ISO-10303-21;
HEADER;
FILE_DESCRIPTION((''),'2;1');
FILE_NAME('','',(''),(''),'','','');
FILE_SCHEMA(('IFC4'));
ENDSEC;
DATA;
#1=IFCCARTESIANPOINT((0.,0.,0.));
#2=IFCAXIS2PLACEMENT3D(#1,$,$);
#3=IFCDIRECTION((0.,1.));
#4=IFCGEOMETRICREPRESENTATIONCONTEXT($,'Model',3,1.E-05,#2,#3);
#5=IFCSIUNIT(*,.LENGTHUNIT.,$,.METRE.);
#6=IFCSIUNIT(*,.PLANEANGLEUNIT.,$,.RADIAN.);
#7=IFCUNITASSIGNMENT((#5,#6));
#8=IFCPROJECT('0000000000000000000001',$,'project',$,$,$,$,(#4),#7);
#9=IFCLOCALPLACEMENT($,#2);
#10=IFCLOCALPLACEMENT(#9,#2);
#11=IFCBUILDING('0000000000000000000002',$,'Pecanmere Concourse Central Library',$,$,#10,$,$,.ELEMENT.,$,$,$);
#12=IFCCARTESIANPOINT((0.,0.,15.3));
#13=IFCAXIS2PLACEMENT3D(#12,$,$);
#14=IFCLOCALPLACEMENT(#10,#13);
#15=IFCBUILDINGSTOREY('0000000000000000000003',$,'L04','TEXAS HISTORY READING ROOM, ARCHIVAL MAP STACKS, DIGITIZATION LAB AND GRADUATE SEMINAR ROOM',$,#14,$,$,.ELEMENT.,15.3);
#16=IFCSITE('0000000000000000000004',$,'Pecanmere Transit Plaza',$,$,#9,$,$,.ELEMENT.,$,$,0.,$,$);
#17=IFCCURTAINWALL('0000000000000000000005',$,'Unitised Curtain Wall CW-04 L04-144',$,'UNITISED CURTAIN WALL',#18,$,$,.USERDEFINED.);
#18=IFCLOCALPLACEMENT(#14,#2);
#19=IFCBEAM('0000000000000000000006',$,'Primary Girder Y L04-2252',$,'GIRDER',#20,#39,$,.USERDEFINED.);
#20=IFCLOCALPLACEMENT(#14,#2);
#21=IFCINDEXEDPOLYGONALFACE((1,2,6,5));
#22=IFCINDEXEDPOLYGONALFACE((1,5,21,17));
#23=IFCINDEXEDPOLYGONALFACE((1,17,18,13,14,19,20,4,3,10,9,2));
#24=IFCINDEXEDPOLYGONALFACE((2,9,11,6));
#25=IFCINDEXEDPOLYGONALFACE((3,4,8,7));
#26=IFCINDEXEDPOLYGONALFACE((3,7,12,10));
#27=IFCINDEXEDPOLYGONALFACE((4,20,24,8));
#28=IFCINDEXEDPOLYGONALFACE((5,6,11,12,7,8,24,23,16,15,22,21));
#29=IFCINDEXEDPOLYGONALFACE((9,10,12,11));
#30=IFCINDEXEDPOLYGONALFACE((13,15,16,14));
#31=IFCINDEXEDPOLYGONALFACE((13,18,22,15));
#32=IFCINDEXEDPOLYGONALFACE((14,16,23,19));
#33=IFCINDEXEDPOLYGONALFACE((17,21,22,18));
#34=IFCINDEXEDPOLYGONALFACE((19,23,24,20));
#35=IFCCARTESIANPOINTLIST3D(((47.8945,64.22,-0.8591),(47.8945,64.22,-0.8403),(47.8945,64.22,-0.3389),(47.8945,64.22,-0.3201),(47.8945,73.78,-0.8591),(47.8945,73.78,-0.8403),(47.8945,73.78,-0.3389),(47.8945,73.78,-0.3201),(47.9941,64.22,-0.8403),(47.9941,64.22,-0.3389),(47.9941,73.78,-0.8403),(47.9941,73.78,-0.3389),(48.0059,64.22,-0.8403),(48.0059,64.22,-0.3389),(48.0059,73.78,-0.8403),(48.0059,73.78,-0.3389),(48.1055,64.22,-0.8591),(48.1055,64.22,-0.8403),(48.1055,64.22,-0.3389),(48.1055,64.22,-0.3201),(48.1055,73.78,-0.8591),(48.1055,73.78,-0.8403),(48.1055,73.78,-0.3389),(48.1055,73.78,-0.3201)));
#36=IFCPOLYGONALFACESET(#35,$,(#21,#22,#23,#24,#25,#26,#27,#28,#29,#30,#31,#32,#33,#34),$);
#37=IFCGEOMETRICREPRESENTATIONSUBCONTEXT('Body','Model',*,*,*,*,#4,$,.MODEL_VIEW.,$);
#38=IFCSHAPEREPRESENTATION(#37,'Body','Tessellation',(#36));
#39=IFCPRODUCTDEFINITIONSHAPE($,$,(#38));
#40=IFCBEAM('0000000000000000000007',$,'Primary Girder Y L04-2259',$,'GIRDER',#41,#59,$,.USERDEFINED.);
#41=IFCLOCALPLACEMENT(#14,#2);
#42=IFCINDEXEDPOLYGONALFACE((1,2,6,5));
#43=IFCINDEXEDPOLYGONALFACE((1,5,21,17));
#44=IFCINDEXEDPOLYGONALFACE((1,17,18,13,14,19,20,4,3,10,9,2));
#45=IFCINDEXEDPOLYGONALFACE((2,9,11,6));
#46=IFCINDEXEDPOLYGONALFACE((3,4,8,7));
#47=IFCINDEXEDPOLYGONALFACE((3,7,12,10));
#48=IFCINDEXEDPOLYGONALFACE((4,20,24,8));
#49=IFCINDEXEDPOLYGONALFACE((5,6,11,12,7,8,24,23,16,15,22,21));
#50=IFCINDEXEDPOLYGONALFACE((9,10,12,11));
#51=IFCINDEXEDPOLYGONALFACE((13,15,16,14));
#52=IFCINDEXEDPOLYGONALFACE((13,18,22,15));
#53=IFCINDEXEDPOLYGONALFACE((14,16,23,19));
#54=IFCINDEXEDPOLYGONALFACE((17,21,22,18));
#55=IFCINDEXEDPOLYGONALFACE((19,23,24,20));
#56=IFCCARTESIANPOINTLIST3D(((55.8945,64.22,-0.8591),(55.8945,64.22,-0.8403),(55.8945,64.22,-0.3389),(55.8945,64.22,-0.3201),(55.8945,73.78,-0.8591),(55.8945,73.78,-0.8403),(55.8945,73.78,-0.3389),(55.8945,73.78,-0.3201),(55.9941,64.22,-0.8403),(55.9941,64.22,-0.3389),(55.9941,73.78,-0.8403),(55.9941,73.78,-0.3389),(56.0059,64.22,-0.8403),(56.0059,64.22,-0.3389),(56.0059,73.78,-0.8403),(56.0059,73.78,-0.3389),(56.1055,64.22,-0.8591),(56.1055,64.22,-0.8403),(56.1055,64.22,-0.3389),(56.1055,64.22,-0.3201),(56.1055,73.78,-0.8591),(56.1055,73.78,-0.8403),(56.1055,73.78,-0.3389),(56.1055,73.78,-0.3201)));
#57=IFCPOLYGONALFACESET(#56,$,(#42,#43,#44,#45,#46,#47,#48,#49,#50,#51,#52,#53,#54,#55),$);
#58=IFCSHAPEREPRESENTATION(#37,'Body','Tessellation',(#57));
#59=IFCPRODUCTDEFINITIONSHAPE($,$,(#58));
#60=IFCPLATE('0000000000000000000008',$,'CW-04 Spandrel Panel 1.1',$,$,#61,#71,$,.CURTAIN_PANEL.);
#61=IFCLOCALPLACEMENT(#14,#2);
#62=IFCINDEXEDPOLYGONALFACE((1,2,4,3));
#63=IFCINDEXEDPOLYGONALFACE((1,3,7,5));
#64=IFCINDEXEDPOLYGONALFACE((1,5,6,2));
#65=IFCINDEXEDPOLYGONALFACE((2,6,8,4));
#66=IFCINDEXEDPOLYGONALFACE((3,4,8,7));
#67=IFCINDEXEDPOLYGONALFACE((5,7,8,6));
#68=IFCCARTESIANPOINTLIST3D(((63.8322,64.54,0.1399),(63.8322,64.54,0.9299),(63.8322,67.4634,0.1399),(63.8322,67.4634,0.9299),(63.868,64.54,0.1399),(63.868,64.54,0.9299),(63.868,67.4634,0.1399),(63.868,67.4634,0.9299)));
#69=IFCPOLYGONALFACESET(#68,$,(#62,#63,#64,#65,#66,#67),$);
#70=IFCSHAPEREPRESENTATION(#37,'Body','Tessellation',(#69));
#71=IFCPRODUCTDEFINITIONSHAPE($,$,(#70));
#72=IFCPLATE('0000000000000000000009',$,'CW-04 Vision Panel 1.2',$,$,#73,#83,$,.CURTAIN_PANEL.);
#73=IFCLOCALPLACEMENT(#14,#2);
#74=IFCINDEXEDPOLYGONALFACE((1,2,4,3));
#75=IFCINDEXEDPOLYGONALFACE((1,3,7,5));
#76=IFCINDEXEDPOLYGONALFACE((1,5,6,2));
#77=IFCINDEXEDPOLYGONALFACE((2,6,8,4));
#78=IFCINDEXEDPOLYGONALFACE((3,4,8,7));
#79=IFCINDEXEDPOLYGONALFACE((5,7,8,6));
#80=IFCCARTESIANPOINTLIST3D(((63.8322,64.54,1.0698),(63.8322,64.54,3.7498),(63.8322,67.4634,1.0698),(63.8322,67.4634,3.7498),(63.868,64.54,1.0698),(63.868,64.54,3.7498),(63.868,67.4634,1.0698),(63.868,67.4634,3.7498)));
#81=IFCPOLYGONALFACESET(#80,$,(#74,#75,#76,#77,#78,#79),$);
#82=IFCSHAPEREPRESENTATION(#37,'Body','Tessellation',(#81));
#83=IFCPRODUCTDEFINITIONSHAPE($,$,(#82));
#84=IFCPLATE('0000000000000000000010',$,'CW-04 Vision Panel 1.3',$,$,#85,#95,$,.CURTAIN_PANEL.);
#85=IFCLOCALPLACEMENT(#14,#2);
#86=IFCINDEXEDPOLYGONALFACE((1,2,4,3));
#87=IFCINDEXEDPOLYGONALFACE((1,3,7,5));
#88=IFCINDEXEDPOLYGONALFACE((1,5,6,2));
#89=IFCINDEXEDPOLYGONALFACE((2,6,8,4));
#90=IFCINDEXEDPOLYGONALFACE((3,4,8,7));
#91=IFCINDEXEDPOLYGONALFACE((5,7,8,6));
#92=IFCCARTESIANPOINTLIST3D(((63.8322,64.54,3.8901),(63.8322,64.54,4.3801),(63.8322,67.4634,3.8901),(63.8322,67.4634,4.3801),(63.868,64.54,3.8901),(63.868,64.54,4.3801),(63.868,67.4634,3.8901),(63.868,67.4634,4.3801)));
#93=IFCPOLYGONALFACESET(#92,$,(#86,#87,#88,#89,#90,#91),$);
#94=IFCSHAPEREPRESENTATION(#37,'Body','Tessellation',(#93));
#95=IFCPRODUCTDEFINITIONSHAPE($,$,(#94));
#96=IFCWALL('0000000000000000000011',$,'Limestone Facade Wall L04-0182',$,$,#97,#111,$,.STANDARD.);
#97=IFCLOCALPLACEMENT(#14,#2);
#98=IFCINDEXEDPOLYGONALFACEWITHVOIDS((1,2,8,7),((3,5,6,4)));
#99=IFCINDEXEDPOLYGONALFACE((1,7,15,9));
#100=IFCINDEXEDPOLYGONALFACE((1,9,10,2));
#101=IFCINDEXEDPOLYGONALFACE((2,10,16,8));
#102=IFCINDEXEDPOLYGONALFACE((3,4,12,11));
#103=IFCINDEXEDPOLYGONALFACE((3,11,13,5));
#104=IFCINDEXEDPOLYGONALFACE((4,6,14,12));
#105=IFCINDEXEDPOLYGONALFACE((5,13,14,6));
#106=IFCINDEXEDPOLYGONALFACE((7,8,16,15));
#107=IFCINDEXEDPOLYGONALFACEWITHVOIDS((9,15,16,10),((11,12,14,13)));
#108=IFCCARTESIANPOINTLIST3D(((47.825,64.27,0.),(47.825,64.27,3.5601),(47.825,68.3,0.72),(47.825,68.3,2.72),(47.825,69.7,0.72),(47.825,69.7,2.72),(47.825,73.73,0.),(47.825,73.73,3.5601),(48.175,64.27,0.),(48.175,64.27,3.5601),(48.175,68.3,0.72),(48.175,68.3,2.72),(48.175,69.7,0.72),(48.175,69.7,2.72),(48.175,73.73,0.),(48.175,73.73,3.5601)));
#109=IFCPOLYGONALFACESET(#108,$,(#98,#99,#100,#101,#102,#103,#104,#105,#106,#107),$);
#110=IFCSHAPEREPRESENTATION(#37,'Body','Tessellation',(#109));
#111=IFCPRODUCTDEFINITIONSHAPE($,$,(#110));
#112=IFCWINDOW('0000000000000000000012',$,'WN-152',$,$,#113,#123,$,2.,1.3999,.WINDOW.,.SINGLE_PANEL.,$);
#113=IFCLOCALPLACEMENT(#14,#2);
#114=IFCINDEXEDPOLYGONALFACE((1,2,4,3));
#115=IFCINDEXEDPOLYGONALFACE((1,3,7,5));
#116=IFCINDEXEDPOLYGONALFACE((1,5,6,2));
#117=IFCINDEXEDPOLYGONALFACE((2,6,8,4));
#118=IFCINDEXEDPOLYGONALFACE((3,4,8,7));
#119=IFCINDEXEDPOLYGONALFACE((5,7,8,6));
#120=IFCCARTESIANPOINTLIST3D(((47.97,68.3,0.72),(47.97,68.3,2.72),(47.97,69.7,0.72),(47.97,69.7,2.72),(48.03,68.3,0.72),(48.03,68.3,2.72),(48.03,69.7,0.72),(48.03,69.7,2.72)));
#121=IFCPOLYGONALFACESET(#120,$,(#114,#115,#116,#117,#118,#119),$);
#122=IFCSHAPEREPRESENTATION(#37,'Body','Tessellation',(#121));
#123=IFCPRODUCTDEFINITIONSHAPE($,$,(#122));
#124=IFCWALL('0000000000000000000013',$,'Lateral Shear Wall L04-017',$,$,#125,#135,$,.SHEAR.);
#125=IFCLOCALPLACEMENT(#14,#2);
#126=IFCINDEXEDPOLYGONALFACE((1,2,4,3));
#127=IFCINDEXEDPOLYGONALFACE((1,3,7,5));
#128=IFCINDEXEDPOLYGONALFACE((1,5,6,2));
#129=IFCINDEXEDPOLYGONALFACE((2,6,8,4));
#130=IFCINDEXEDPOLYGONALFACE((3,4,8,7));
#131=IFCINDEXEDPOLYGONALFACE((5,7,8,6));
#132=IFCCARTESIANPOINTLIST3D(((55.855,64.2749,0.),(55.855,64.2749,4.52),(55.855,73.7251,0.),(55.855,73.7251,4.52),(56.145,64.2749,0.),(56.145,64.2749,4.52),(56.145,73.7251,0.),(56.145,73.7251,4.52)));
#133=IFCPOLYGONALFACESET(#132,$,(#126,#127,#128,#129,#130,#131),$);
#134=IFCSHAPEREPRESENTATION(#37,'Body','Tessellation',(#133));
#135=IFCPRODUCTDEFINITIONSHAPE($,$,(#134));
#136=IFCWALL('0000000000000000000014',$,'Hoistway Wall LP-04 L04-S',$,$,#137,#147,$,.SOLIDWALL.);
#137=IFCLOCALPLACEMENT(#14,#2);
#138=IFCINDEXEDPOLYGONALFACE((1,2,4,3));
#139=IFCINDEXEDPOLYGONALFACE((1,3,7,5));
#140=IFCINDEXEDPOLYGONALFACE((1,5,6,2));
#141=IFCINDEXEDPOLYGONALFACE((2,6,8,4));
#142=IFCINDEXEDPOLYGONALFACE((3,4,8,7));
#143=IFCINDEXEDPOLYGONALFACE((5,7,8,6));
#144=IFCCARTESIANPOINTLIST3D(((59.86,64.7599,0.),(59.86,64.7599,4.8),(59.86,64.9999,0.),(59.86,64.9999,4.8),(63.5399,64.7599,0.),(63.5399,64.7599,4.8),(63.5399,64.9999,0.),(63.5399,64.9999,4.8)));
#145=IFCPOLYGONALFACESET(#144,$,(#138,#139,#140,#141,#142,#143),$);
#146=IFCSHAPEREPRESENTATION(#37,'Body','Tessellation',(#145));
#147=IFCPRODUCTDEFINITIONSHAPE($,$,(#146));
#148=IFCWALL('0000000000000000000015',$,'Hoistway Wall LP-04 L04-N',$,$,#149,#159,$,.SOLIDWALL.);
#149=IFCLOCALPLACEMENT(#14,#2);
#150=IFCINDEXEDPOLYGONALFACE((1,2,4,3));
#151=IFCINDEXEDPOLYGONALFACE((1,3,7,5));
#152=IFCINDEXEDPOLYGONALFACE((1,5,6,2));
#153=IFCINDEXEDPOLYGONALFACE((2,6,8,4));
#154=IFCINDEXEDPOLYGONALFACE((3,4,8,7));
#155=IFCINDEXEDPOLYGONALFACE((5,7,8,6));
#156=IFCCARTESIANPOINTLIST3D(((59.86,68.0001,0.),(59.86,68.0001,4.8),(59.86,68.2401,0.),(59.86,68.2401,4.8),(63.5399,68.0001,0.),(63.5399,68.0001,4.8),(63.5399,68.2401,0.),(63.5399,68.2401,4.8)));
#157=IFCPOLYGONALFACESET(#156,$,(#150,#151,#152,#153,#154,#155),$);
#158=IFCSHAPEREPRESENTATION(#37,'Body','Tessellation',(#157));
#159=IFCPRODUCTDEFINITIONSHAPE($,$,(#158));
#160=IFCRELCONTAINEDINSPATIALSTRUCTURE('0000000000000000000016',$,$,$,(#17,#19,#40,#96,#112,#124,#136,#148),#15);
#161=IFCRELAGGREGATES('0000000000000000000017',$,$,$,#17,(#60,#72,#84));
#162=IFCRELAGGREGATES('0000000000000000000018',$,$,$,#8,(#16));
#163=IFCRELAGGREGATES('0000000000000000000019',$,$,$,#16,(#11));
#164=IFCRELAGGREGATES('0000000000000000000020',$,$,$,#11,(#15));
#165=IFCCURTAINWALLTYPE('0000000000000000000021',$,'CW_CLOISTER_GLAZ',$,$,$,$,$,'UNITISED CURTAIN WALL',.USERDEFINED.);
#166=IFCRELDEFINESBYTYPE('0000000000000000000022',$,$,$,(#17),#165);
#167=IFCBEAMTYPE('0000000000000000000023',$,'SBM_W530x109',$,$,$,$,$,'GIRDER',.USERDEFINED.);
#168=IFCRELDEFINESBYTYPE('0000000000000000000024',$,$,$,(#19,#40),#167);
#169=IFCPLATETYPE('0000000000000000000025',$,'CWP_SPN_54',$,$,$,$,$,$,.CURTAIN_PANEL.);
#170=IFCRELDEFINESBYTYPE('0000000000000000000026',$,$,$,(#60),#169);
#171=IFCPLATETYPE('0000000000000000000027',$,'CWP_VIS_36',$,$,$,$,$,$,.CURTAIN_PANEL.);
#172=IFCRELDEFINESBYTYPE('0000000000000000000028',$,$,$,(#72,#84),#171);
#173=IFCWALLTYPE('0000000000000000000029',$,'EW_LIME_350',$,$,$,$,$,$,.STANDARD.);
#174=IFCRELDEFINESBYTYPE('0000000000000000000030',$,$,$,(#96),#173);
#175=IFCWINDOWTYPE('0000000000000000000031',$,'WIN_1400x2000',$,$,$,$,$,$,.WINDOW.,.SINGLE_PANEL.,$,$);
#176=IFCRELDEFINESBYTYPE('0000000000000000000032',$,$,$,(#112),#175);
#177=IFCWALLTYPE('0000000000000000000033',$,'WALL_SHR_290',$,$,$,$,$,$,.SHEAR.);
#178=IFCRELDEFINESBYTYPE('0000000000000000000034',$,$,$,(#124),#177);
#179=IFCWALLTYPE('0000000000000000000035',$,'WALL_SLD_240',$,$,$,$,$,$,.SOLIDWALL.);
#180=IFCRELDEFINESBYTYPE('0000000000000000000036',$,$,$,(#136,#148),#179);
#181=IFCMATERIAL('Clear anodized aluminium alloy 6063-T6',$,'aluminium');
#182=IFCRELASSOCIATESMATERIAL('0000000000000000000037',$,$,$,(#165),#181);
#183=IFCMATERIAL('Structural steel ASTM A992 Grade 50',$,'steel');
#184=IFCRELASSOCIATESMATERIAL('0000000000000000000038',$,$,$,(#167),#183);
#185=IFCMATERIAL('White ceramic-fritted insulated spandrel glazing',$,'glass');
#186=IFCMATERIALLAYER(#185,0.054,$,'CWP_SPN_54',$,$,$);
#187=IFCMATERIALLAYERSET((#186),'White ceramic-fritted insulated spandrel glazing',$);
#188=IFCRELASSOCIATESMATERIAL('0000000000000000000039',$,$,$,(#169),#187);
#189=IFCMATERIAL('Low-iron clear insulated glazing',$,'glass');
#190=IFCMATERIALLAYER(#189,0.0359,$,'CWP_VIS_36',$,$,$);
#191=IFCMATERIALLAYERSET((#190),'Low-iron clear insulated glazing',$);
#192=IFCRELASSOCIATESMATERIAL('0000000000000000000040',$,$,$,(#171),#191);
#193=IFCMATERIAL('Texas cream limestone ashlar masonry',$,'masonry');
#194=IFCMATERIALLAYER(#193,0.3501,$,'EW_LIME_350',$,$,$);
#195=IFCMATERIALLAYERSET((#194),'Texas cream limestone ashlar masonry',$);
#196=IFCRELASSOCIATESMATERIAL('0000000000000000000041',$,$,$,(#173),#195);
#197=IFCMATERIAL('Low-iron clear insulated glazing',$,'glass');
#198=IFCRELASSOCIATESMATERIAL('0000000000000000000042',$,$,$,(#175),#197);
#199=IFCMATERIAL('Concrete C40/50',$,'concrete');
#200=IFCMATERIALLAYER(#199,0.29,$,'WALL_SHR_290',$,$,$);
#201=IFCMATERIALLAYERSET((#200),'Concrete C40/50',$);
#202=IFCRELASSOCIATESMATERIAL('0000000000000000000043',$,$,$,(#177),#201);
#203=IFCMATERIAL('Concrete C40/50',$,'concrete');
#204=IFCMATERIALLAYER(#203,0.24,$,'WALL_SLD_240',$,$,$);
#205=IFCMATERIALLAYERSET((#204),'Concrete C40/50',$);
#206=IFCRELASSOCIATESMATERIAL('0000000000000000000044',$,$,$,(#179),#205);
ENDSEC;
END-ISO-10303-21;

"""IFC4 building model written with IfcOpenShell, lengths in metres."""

from ifc_helpers import new_model, si_unit, direction, frame, frame_2d, origin, origin_2d, place, context, subcontext, project, spatial, rectangle, i_section, extrude, material, layer, layer_set, material_profile, profile_set, type_object, element, fill, aggregate, save


model = new_model("IFC4")

# Units and contexts
model_context = context("Model", 3, precision=1e-05, world=origin(), true_north=direction((0.0, 1.0)))
body_context = subcontext(model_context, "Body", "Model", "MODEL_VIEW")
ifc_project = project(units=[si_unit("LENGTHUNIT", "METRE"), si_unit("PLANEANGLEUNIT", "RADIAN")], contexts=[model_context])

# Site, building, storey
site_placement = place(None, origin())
site = spatial("IfcSite", under=ifc_project, at=site_placement, Name="Pecanmere Transit Plaza", CompositionType="ELEMENT", RefElevation=0.0)
building_placement = place(site_placement, origin())
building = spatial("IfcBuilding", under=site, at=building_placement, Name="Pecanmere Concourse Central Library", CompositionType="ELEMENT")
storey_placement = place(building_placement, frame((0.0, 0.0, 15.3)))
storey = spatial("IfcBuildingStorey", under=building, at=storey_placement, Name="L04", Description="TEXAS HISTORY READING ROOM, ARCHIVAL MAP STACKS, DIGITIZATION LAB AND GRADUATE SEMINAR ROOM", CompositionType="ELEMENT", Elevation=15.3)

# Curtain wall
ifc_material_1 = material(Name="Clear anodized aluminium alloy 6063-T6", Category="aluminium")
curtain_wall_type = type_object("IfcCurtainWallType", Name="CW_CLOISTER_GLAZ", ElementType="UNITISED CURTAIN WALL", PredefinedType="USERDEFINED", material=ifc_material_1)
curtain_wall_placement = place(storey_placement, origin())
curtain_wall = element("IfcCurtainWall", 1, at=curtain_wall_placement, inside=storey, type_object=curtain_wall_type, Name="Unitised Curtain Wall CW-04 L04-144", ObjectType="UNITISED CURTAIN WALL", PredefinedType="USERDEFINED")

# Beams
ifc_material_2 = material(Name="Structural steel ASTM A992 Grade 50", Category="steel")
ifc_material_profile_1 = material_profile(ifc_material_2, i_section(OverallWidth=0.2109, OverallDepth=0.5391, WebThickness=0.0117, FlangeThickness=0.0188, at=origin_2d()), Name="W530x109")
ifc_profile_set_1 = profile_set([ifc_material_profile_1], Name="Structural steel ASTM A992 Grade 50")
beam_type = type_object("IfcBeamType", Name="SBM_W530x109", ElementType="GIRDER", PredefinedType="USERDEFINED", material=ifc_profile_set_1)
for number, where, z_axis, x_axis, name in (
    (2, (48.0, 64.22, -0.5896), (0.0, 1.0, 0.0), (-1.0, 0.0, 0.0), "Primary Girder Y L04-2252"),
    (3, (56.0, 64.22, -0.5896), (0.0, 1.0, 0.0), (-1.0, 0.0, 0.0), "Primary Girder Y L04-2259"),
):
    element("IfcBeam", number, at=place(storey_placement, frame(where, z_axis=z_axis, x_axis=x_axis)), inside=storey, type_object=beam_type, Name=name, ObjectType="GIRDER", PredefinedType="USERDEFINED", context=body_context, shape_type="SweptSolid", body=[
        extrude(i_section(OverallWidth=0.2109, OverallDepth=0.5391, WebThickness=0.0117, FlangeThickness=0.0188, at=origin_2d()), origin(), (0.0, 0.0, 1.0), 9.5601),
    ])

# Plates
ifc_material_3 = material(Name="White ceramic-fritted insulated spandrel glazing", Category="glass")
ifc_layer_1 = layer(ifc_material_3, 0.054, Name="CWP_SPN_54")
ifc_layer_set_1 = layer_set([ifc_layer_1], Name="White ceramic-fritted insulated spandrel glazing")
plate_type_1 = type_object("IfcPlateType", Name="CWP_SPN_54", PredefinedType="CURTAIN_PANEL", material=ifc_layer_set_1)
plate_1_placement = place(storey_placement, frame((63.8501, 66.0017, 0.1399), z_axis=(0.0, 0.0, 1.0), x_axis=(0.0, 1.0, 0.0)))
plate_1 = element("IfcPlate", 4, at=plate_1_placement, type_object=plate_type_1, Name="CW-04 Spandrel Panel 1.1", PredefinedType="CURTAIN_PANEL", context=body_context, shape_type="SweptSolid", body=[
    extrude(rectangle(XDim=2.9233, YDim=0.0359, at=origin_2d()), origin(), (0.0, 0.0, 1.0), 0.79),
])
ifc_material_4 = material(Name="Low-iron clear insulated glazing", Category="glass")
ifc_layer_2 = layer(ifc_material_4, 0.0359, Name="CWP_VIS_36")
ifc_layer_set_2 = layer_set([ifc_layer_2], Name="Low-iron clear insulated glazing")
plate_type_2 = type_object("IfcPlateType", Name="CWP_VIS_36", PredefinedType="CURTAIN_PANEL", material=ifc_layer_set_2)
plate_2_placement = place(storey_placement, frame((63.8501, 66.0017, 1.0698), z_axis=(0.0, 0.0, 1.0), x_axis=(0.0, 1.0, 0.0)))
plate_2 = element("IfcPlate", 5, at=plate_2_placement, type_object=plate_type_2, Name="CW-04 Vision Panel 1.2", PredefinedType="CURTAIN_PANEL", context=body_context, shape_type="SweptSolid", body=[
    extrude(rectangle(XDim=2.9233, YDim=0.0359, at=origin_2d()), origin(), (0.0, 0.0, 1.0), 2.6799),
])
plate_3_placement = place(storey_placement, frame((63.8501, 66.0017, 3.8901), z_axis=(0.0, 0.0, 1.0), x_axis=(0.0, 1.0, 0.0)))
plate_3 = element("IfcPlate", 6, at=plate_3_placement, type_object=plate_type_2, Name="CW-04 Vision Panel 1.3", PredefinedType="CURTAIN_PANEL", context=body_context, shape_type="SweptSolid", body=[
    extrude(rectangle(XDim=2.9233, YDim=0.0359, at=origin_2d()), origin(), (0.0, 0.0, 1.0), 0.49),
])
aggregate(curtain_wall, [plate_1, plate_2, plate_3])

# Wall, opening, window
ifc_material_5 = material(Name="Texas cream limestone ashlar masonry", Category="masonry")
ifc_layer_3 = layer(ifc_material_5, 0.3501, Name="EW_LIME_350")
ifc_layer_set_3 = layer_set([ifc_layer_3], Name="Texas cream limestone ashlar masonry")
wall_type_1 = type_object("IfcWallType", Name="EW_LIME_350", PredefinedType="STANDARD", material=ifc_layer_set_3)
wall_1_placement = place(storey_placement, frame((48.0, 73.73, 0.0), z_axis=(0.0, 0.0, 1.0), x_axis=(0.0, -1.0, 0.0)))
wall_1 = element("IfcWall", 7, at=wall_1_placement, inside=storey, type_object=wall_type_1, Name="Limestone Facade Wall L04-0182", PredefinedType="STANDARD", context=body_context, shape_type="SweptSolid", body=[
    extrude(rectangle(XDim=9.46, YDim=0.3501, at=frame_2d((4.73, 0.0))), origin(), (0.0, 0.0, 1.0), 3.5601),
])
opening_1_placement = place(wall_1_placement, frame((4.03, 0.0, 0.72)))
opening_1 = element("IfcOpeningElement", 8, at=opening_1_placement, cuts=wall_1, PredefinedType="OPENING", context=body_context, shape_type="SweptSolid", body=[
    extrude(rectangle(XDim=1.3999, YDim=2.0, at=frame_2d((0.7, 1.0))), frame((0.0, 0.187, 0.0), z_axis=(0.0, -1.0, 0.0), x_axis=(1.0, 0.0, 0.0)), (0.0, 0.0, 1.0), 0.374),
])
ifc_material_6 = material(Name="Low-iron clear insulated glazing", Category="glass")
window_type = type_object("IfcWindowType", Name="WIN_1400x2000", PartitioningType="SINGLE_PANEL", PredefinedType="WINDOW", material=ifc_material_6)
window_placement = place(opening_1_placement, origin())
window = element("IfcWindow", 9, at=window_placement, inside=storey, type_object=window_type, Name="WN-152", OverallHeight=2.0, OverallWidth=1.3999, PartitioningType="SINGLE_PANEL", PredefinedType="WINDOW", context=body_context, shape_type="SweptSolid", body=[
    extrude(rectangle(XDim=1.3999, YDim=2.0, at=frame_2d((0.7, 1.0))), frame((0.0, 0.03, 0.0), z_axis=(0.0, -1.0, 0.0), x_axis=(1.0, 0.0, 0.0)), (0.0, 0.0, 1.0), 0.0601),
])
fill(opening_1, window)

# Walls
ifc_material_7 = material(Name="Concrete C40/50", Category="concrete")
ifc_layer_4 = layer(ifc_material_7, 0.29, Name="WALL_SHR_290")
ifc_layer_set_4 = layer_set([ifc_layer_4], Name="Concrete C40/50")
wall_type_2 = type_object("IfcWallType", Name="WALL_SHR_290", PredefinedType="SHEAR", material=ifc_layer_set_4)
wall_2_placement = place(storey_placement, frame((56.0, 64.2749, 0.0), z_axis=(0.0, 0.0, 1.0), x_axis=(0.0, 1.0, 0.0)))
element("IfcWall", 10, at=wall_2_placement, inside=storey, type_object=wall_type_2, Name="Lateral Shear Wall L04-017", PredefinedType="SHEAR", context=body_context, shape_type="SweptSolid", body=[
    extrude(rectangle(XDim=9.4502, YDim=0.29, at=frame_2d((4.7251, 0.0))), origin(), (0.0, 0.0, 1.0), 4.52),
])
ifc_material_8 = material(Name="Concrete C40/50", Category="concrete")
ifc_layer_5 = layer(ifc_material_8, 0.24, Name="WALL_SLD_240")
ifc_layer_set_5 = layer_set([ifc_layer_5], Name="Concrete C40/50")
wall_type_3 = type_object("IfcWallType", Name="WALL_SLD_240", PredefinedType="SOLIDWALL", material=ifc_layer_set_5)
for number, where, z_axis, x_axis, name in (
    (11, (59.8601, 64.8799, 0.0), (0.0, 0.0, 1.0), (1.0, 0.0, 0.0), "Hoistway Wall LP-04 L04-S"),
    (12, (59.8601, 68.1201, 0.0), (0.0, 0.0, 1.0), (1.0, 0.0, 0.0), "Hoistway Wall LP-04 L04-N"),
):
    element("IfcWall", number, at=place(storey_placement, frame(where, z_axis=z_axis, x_axis=x_axis)), inside=storey, type_object=wall_type_3, Name=name, PredefinedType="SOLIDWALL", context=body_context, shape_type="SweptSolid", body=[
        extrude(rectangle(XDim=3.6799, YDim=0.24, at=frame_2d((1.8398, 0.0))), origin(), (0.0, 0.0, 1.0), 4.8),
    ])

save(model, "model.ifc")
